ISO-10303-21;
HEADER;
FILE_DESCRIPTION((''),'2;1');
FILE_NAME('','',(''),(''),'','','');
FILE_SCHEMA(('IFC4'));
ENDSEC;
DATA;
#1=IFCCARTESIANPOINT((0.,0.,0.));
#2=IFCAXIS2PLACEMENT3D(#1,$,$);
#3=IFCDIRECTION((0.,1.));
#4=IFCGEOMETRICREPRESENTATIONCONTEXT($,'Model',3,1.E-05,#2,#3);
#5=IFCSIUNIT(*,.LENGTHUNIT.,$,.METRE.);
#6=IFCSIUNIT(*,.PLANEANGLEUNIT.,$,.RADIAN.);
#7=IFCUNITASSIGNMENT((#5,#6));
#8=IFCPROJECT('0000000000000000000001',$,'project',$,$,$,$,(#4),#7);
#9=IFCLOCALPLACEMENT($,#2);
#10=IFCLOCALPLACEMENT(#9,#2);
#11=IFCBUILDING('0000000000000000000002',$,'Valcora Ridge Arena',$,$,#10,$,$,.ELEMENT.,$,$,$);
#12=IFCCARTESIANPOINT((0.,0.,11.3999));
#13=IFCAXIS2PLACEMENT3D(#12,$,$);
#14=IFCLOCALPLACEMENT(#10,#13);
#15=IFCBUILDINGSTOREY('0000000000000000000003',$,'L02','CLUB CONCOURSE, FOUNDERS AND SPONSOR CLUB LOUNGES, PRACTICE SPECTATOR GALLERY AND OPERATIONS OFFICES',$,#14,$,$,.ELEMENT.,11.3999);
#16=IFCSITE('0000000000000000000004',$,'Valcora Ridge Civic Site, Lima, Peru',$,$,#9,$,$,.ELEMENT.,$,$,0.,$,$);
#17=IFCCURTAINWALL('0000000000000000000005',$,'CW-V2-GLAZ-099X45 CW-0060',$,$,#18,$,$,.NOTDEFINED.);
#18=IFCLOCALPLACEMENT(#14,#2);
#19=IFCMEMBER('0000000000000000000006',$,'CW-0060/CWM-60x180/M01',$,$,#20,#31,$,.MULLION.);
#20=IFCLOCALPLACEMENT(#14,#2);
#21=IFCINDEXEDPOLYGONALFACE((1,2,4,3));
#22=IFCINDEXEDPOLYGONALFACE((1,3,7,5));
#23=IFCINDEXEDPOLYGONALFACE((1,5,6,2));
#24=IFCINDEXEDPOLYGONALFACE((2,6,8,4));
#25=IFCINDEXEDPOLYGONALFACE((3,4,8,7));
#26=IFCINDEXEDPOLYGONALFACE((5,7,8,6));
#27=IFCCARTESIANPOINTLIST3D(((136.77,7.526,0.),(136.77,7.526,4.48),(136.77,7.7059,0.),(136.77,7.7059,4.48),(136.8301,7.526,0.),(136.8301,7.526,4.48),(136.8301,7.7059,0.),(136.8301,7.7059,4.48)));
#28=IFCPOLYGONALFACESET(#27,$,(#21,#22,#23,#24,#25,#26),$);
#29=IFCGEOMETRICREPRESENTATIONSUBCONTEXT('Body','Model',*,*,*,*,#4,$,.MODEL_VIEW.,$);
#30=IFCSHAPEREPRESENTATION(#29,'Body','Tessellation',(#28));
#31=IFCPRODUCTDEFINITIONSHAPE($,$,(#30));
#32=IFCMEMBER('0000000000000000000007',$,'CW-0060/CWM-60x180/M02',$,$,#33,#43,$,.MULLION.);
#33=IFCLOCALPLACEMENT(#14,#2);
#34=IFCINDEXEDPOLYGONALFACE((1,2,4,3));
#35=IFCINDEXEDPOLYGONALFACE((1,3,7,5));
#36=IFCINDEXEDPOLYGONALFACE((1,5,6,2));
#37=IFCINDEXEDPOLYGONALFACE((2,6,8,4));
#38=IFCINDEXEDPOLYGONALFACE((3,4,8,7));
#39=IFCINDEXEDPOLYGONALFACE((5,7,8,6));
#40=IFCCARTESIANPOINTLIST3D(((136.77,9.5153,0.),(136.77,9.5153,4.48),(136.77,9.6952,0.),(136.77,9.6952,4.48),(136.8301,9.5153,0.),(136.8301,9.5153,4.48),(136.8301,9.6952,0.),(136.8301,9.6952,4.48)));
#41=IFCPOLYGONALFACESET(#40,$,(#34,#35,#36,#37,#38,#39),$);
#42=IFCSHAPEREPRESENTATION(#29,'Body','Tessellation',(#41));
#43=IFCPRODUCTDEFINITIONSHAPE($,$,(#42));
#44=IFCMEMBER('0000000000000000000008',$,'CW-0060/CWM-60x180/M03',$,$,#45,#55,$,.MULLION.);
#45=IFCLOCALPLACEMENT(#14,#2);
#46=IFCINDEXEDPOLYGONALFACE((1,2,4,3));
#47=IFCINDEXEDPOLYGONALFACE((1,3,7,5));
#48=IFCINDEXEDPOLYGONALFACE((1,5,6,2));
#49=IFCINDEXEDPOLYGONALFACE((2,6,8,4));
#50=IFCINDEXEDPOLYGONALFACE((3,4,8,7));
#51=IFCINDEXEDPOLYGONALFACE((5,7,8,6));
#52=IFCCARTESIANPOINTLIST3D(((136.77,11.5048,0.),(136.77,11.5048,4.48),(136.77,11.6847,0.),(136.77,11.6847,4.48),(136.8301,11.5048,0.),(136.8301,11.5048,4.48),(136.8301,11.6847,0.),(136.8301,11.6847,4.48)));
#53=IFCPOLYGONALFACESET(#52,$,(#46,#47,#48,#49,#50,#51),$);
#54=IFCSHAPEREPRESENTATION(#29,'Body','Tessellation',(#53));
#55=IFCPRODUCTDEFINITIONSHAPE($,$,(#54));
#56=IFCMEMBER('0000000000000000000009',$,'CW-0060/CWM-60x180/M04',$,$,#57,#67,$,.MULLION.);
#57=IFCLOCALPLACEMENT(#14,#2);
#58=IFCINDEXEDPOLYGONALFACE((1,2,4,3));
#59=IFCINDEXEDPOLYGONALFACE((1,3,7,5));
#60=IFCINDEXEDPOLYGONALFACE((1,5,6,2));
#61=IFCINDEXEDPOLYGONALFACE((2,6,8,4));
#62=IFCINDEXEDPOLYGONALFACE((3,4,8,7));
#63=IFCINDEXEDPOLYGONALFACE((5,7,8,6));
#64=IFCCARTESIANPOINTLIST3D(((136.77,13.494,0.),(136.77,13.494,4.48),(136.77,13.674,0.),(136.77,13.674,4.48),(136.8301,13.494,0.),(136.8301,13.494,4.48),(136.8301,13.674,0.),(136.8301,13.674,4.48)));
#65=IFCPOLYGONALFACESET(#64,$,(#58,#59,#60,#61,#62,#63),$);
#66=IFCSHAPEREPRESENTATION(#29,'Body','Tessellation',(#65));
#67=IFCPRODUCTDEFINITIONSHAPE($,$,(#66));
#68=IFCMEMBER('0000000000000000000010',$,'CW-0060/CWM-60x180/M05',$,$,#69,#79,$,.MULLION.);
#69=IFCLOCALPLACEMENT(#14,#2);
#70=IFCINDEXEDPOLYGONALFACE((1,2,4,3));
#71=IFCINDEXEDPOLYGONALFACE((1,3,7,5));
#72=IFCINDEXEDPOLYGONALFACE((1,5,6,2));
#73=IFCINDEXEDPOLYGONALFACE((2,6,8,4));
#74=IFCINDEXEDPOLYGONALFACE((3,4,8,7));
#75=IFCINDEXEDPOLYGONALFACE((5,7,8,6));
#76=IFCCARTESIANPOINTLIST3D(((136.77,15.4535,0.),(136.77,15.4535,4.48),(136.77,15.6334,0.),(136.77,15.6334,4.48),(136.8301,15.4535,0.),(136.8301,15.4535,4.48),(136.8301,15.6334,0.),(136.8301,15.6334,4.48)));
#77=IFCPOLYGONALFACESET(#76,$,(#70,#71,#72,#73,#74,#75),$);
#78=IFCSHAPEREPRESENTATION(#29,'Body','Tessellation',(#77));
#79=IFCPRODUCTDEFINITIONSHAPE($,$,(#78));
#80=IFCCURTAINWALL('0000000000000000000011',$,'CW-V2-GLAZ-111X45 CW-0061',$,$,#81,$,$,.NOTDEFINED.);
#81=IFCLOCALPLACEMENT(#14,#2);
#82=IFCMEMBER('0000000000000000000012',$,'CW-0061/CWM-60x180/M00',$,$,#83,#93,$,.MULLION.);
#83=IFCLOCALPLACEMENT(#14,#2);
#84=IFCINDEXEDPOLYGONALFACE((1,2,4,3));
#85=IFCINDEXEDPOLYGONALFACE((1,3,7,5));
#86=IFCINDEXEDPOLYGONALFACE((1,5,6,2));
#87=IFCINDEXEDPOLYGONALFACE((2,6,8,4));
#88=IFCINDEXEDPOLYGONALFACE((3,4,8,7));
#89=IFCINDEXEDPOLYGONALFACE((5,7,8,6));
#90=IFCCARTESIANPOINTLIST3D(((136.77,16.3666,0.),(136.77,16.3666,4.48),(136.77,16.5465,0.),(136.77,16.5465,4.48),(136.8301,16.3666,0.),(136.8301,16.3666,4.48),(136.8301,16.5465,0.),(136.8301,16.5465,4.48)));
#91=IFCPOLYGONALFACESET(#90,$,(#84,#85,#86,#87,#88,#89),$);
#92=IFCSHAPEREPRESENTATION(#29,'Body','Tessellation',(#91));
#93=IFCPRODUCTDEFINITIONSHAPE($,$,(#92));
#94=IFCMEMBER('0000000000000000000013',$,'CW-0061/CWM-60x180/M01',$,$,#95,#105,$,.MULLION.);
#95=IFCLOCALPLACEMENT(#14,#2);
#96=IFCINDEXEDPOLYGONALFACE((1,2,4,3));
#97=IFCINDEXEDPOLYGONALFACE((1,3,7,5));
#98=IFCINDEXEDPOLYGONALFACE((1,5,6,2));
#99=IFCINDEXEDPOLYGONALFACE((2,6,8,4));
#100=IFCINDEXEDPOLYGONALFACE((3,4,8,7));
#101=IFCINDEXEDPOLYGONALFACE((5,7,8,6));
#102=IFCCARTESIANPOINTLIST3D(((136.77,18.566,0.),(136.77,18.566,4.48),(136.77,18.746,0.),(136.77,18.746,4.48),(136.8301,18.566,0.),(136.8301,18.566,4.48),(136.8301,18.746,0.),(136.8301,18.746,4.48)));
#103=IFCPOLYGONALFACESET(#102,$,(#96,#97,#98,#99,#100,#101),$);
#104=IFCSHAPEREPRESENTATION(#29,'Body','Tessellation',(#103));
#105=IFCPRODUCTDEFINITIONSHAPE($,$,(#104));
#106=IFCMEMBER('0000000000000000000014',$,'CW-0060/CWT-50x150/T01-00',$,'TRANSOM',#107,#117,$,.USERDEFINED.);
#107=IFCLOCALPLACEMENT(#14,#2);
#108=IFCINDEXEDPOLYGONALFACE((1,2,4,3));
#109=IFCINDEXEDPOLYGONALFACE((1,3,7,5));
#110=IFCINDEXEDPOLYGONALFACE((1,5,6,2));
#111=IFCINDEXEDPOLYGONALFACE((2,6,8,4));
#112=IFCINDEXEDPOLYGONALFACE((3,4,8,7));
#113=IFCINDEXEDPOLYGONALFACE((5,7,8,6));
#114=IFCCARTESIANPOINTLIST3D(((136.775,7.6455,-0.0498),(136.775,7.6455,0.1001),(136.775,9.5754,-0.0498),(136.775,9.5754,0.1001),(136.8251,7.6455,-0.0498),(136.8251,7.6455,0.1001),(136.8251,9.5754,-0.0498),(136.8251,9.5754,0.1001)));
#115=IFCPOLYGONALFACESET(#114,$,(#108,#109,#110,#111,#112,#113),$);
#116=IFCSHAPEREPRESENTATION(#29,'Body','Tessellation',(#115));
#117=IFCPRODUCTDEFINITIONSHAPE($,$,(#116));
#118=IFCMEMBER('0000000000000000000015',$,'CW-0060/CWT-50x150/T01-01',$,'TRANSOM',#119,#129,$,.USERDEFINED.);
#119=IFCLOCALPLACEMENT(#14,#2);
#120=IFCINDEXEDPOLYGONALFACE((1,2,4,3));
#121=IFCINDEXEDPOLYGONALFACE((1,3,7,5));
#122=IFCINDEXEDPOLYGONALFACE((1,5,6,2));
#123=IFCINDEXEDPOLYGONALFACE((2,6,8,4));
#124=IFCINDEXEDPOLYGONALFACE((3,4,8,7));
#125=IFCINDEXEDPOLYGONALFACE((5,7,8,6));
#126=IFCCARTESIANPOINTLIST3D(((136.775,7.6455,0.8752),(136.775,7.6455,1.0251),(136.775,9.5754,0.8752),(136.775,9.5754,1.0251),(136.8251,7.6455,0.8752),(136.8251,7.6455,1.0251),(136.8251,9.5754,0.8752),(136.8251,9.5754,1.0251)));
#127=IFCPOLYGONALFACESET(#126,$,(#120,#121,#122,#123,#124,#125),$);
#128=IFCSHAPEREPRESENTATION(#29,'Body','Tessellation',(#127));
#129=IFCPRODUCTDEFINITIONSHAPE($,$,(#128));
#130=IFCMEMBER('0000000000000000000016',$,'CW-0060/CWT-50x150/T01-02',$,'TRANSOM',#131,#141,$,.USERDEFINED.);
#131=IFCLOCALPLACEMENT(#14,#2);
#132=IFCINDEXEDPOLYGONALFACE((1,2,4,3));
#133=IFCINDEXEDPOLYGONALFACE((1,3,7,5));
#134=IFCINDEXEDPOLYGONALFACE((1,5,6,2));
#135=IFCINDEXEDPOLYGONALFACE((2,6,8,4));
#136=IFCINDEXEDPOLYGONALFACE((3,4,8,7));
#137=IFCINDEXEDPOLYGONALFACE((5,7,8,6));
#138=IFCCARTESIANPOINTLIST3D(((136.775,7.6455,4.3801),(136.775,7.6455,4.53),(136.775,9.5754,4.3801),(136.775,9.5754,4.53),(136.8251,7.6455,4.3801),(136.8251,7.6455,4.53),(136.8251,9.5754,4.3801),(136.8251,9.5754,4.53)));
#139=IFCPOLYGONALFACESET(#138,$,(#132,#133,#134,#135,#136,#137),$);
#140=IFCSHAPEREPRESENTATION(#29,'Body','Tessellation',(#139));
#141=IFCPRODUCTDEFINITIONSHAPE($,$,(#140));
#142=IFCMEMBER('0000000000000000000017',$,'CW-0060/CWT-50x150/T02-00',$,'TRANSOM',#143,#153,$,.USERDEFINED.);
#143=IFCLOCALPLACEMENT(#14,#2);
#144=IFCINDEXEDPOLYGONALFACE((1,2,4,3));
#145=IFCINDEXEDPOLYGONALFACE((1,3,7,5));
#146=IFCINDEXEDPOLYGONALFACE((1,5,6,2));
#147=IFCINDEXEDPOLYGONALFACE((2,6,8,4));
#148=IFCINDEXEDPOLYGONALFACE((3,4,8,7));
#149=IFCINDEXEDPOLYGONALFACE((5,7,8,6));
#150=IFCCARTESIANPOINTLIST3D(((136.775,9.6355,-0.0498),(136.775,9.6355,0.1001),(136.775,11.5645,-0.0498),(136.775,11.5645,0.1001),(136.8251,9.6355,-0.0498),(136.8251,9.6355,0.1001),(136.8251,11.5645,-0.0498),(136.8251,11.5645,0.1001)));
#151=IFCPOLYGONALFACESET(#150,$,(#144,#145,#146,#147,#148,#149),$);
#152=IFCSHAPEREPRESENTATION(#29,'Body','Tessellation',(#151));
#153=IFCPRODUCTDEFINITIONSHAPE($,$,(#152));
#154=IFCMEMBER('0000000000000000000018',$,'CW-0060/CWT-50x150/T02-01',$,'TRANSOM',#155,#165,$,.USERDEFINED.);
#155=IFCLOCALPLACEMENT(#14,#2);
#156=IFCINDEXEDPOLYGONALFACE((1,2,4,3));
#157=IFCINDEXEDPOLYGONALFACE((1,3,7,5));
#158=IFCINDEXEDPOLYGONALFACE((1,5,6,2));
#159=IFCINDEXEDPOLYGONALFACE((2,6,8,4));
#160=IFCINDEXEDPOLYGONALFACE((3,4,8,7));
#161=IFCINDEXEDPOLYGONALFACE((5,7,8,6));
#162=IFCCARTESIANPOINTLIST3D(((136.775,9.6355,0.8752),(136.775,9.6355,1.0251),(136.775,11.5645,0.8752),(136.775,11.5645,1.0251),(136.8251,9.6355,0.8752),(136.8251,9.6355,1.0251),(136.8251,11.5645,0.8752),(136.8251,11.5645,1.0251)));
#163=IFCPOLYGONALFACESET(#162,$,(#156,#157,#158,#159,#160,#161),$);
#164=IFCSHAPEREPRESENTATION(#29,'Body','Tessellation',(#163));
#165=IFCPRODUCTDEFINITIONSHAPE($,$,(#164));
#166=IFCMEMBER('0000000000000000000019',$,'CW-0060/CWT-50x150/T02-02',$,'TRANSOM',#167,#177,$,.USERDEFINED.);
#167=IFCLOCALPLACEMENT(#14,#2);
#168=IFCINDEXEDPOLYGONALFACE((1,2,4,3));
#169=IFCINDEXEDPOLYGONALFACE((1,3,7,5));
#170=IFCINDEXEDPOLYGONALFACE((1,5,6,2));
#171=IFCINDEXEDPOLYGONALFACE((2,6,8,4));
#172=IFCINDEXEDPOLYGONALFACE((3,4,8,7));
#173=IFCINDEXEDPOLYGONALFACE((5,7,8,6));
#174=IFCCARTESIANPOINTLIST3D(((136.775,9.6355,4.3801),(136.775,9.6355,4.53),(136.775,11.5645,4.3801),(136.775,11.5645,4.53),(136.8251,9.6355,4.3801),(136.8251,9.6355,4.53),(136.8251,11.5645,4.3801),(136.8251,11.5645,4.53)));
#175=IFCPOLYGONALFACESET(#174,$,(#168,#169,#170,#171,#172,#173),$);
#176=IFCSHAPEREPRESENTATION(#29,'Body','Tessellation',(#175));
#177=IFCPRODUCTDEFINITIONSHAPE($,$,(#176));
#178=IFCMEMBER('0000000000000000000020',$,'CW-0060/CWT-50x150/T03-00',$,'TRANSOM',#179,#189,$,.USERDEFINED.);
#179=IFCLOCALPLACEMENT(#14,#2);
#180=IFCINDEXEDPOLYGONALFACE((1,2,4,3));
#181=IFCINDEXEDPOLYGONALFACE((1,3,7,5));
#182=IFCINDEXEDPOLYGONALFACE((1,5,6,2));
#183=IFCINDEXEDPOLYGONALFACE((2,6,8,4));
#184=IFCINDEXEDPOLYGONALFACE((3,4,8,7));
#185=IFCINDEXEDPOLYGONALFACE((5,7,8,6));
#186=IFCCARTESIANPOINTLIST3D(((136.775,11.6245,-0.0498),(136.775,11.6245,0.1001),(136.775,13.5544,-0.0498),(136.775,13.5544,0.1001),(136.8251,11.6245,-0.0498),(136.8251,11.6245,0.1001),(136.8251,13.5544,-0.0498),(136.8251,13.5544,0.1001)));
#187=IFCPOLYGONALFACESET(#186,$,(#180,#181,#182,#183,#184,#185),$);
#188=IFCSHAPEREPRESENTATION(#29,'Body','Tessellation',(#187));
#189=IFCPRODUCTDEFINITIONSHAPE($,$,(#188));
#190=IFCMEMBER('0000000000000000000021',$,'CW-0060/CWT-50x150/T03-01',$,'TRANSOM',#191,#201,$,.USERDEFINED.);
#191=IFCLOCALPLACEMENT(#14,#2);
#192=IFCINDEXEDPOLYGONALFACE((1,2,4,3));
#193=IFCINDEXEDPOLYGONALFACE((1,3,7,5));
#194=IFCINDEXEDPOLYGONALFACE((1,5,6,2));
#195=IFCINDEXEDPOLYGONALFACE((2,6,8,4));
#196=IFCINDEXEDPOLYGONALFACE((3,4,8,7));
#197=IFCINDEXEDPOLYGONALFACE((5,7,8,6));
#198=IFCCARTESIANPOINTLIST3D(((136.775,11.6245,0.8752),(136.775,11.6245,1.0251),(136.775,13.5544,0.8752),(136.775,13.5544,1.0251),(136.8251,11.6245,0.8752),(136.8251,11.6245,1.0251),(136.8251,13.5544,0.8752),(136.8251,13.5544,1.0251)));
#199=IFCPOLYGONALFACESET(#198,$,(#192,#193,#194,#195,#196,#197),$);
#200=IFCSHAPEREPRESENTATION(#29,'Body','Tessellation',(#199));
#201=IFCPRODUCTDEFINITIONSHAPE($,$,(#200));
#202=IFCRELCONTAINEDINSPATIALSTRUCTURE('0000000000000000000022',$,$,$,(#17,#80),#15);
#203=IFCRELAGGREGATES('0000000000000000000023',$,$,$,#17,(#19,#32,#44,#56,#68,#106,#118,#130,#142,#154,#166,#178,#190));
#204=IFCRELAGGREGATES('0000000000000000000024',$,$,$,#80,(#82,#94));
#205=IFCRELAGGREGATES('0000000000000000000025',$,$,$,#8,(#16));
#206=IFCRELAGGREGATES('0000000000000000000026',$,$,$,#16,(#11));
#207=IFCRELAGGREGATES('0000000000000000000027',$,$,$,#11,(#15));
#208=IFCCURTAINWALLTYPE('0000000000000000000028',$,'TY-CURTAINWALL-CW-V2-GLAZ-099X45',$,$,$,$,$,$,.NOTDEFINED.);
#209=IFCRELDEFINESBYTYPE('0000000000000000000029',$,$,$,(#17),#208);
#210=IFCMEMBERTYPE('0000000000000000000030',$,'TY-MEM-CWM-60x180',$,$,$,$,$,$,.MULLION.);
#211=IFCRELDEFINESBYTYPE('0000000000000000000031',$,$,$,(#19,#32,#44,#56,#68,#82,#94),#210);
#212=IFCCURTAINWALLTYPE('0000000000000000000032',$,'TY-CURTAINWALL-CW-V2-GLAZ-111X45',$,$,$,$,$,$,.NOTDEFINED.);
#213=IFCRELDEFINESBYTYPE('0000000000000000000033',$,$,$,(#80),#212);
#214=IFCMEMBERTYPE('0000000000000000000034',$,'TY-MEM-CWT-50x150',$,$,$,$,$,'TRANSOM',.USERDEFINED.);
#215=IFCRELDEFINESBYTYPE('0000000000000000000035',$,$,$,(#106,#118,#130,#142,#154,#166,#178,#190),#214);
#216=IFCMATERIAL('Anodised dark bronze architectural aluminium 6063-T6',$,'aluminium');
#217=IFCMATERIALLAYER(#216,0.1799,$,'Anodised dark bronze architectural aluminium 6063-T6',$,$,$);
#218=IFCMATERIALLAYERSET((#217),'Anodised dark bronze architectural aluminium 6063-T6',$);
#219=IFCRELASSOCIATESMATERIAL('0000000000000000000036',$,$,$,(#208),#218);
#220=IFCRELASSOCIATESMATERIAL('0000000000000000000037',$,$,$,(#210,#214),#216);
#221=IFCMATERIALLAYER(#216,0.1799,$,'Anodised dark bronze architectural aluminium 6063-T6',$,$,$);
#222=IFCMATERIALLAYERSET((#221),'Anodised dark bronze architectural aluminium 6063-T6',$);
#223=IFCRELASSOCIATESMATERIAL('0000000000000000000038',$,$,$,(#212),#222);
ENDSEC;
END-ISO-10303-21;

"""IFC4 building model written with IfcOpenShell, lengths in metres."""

from ifc_helpers import new_model, si_unit, direction, frame, origin, origin_2d, place, context, subcontext, project, spatial, rectangle, extrude, material, layer, layer_set, material_profile, profile_set, type_object, element, aggregate, save


model = new_model("IFC4")

# Units and contexts
model_context = context("Model", 3, precision=1e-05, world=origin(), true_north=direction((0.0, 1.0)))
body_context = subcontext(model_context, "Body", "Model", "MODEL_VIEW")
ifc_project = project(units=[si_unit("LENGTHUNIT", "METRE"), si_unit("PLANEANGLEUNIT", "RADIAN")], contexts=[model_context])

# Site, building, storey
site_placement = place(None, origin())
site = spatial("IfcSite", under=ifc_project, at=site_placement, Name="Valcora Ridge Civic Site, Lima, Peru", CompositionType="ELEMENT", RefElevation=0.0)
building_placement = place(site_placement, origin())
building = spatial("IfcBuilding", under=site, at=building_placement, Name="Valcora Ridge Arena", CompositionType="ELEMENT")
storey_placement = place(building_placement, frame((0.0, 0.0, 11.3999)))
storey = spatial("IfcBuildingStorey", under=building, at=storey_placement, Name="L02", Description="CLUB CONCOURSE, FOUNDERS AND SPONSOR CLUB LOUNGES, PRACTICE SPECTATOR GALLERY AND OPERATIONS OFFICES", CompositionType="ELEMENT", Elevation=11.3999)

# Curtain walls, members
ifc_material_1 = material(Name="Anodised dark bronze architectural aluminium 6063-T6", Category="aluminium")
ifc_layer_1 = layer(ifc_material_1, 0.1799, Name="Anodised dark bronze architectural aluminium 6063-T6")
ifc_layer_set_1 = layer_set([ifc_layer_1], Name="Anodised dark bronze architectural aluminium 6063-T6")
curtain_wall_type_1 = type_object("IfcCurtainWallType", Name="TY-CURTAINWALL-CW-V2-GLAZ-099X45", PredefinedType="NOTDEFINED", material=ifc_layer_set_1)
curtain_wall_1_placement = place(storey_placement, origin())
curtain_wall_1 = element("IfcCurtainWall", 1, at=curtain_wall_1_placement, inside=storey, type_object=curtain_wall_type_1, Name="CW-V2-GLAZ-099X45 CW-0060", PredefinedType="NOTDEFINED")
ifc_material_profile_1 = material_profile(ifc_material_1, rectangle(XDim=0.0601, YDim=0.1799, at=origin_2d()), Name="ALU MULLION 60x180")
ifc_profile_set_1 = profile_set([ifc_material_profile_1], Name="Anodised dark bronze architectural aluminium 6063-T6")
member_type_1 = type_object("IfcMemberType", Name="TY-MEM-CWM-60x180", PredefinedType="MULLION", material=ifc_profile_set_1)
member_1_placement = place(storey_placement, frame((136.8, 7.616, 0.0), z_axis=(0.0, 0.0, 1.0), x_axis=(-1.0, 0.0, 0.0)))
member_1 = element("IfcMember", 2, at=member_1_placement, type_object=member_type_1, Name="CW-0060/CWM-60x180/M01", PredefinedType="MULLION", context=body_context, shape_type="SweptSolid", body=[
    extrude(rectangle(XDim=0.0601, YDim=0.1799, at=origin_2d()), origin(), (0.0, 0.0, 1.0), 4.48),
])
member_2_placement = place(storey_placement, frame((136.8, 9.6052, 0.0), z_axis=(0.0, 0.0, 1.0), x_axis=(-1.0, 0.0, 0.0)))
member_2 = element("IfcMember", 3, at=member_2_placement, type_object=member_type_1, Name="CW-0060/CWM-60x180/M02", PredefinedType="MULLION", context=body_context, shape_type="SweptSolid", body=[
    extrude(rectangle(XDim=0.0601, YDim=0.1799, at=origin_2d()), origin(), (0.0, 0.0, 1.0), 4.48),
])
member_3_placement = place(storey_placement, frame((136.8, 11.5947, 0.0), z_axis=(0.0, 0.0, 1.0), x_axis=(-1.0, 0.0, 0.0)))
member_3 = element("IfcMember", 4, at=member_3_placement, type_object=member_type_1, Name="CW-0060/CWM-60x180/M03", PredefinedType="MULLION", context=body_context, shape_type="SweptSolid", body=[
    extrude(rectangle(XDim=0.0601, YDim=0.1799, at=origin_2d()), origin(), (0.0, 0.0, 1.0), 4.48),
])
member_4_placement = place(storey_placement, frame((136.8, 13.584, 0.0), z_axis=(0.0, 0.0, 1.0), x_axis=(-1.0, 0.0, 0.0)))
member_4 = element("IfcMember", 5, at=member_4_placement, type_object=member_type_1, Name="CW-0060/CWM-60x180/M04", PredefinedType="MULLION", context=body_context, shape_type="SweptSolid", body=[
    extrude(rectangle(XDim=0.0601, YDim=0.1799, at=origin_2d()), origin(), (0.0, 0.0, 1.0), 4.48),
])
member_5_placement = place(storey_placement, frame((136.8, 15.5435, 0.0), z_axis=(0.0, 0.0, 1.0), x_axis=(-1.0, 0.0, 0.0)))
member_5 = element("IfcMember", 6, at=member_5_placement, type_object=member_type_1, Name="CW-0060/CWM-60x180/M05", PredefinedType="MULLION", context=body_context, shape_type="SweptSolid", body=[
    extrude(rectangle(XDim=0.0601, YDim=0.1799, at=origin_2d()), origin(), (0.0, 0.0, 1.0), 4.48),
])
ifc_layer_2 = layer(ifc_material_1, 0.1799, Name="Anodised dark bronze architectural aluminium 6063-T6")
ifc_layer_set_2 = layer_set([ifc_layer_2], Name="Anodised dark bronze architectural aluminium 6063-T6")
curtain_wall_type_2 = type_object("IfcCurtainWallType", Name="TY-CURTAINWALL-CW-V2-GLAZ-111X45", PredefinedType="NOTDEFINED", material=ifc_layer_set_2)
curtain_wall_2_placement = place(storey_placement, origin())
curtain_wall_2 = element("IfcCurtainWall", 7, at=curtain_wall_2_placement, inside=storey, type_object=curtain_wall_type_2, Name="CW-V2-GLAZ-111X45 CW-0061", PredefinedType="NOTDEFINED")
member_6_placement = place(storey_placement, frame((136.8, 16.4565, 0.0), z_axis=(0.0, 0.0, 1.0), x_axis=(-1.0, 0.0, 0.0)))
member_6 = element("IfcMember", 8, at=member_6_placement, type_object=member_type_1, Name="CW-0061/CWM-60x180/M00", PredefinedType="MULLION", context=body_context, shape_type="SweptSolid", body=[
    extrude(rectangle(XDim=0.0601, YDim=0.1799, at=origin_2d()), origin(), (0.0, 0.0, 1.0), 4.48),
])
member_7_placement = place(storey_placement, frame((136.8, 18.656, 0.0), z_axis=(0.0, 0.0, 1.0), x_axis=(-1.0, 0.0, 0.0)))
member_7 = element("IfcMember", 9, at=member_7_placement, type_object=member_type_1, Name="CW-0061/CWM-60x180/M01", PredefinedType="MULLION", context=body_context, shape_type="SweptSolid", body=[
    extrude(rectangle(XDim=0.0601, YDim=0.1799, at=origin_2d()), origin(), (0.0, 0.0, 1.0), 4.48),
])

# Members
ifc_material_profile_2 = material_profile(ifc_material_1, rectangle(XDim=0.05, YDim=0.1499, at=origin_2d()), Name="ALU TRANSOM 50x150")
ifc_profile_set_2 = profile_set([ifc_material_profile_2], Name="Anodised dark bronze architectural aluminium 6063-T6")
member_type_2 = type_object("IfcMemberType", Name="TY-MEM-CWT-50x150", ElementType="TRANSOM", PredefinedType="USERDEFINED", material=ifc_profile_set_2)
member_8_placement = place(storey_placement, frame((136.8, 7.6455, 0.0251), z_axis=(0.0, 1.0, 0.0), x_axis=(-1.0, 0.0, 0.0)))
member_8 = element("IfcMember", 10, at=member_8_placement, type_object=member_type_2, Name="CW-0060/CWT-50x150/T01-00", ObjectType="TRANSOM", PredefinedType="USERDEFINED", context=body_context, shape_type="SweptSolid", body=[
    extrude(rectangle(XDim=0.05, YDim=0.1499, at=origin_2d()), origin(), (0.0, 0.0, 1.0), 1.9299),
])
member_9_placement = place(storey_placement, frame((136.8, 7.6455, 0.9502), z_axis=(0.0, 1.0, 0.0), x_axis=(-1.0, 0.0, 0.0)))
member_9 = element("IfcMember", 11, at=member_9_placement, type_object=member_type_2, Name="CW-0060/CWT-50x150/T01-01", ObjectType="TRANSOM", PredefinedType="USERDEFINED", context=body_context, shape_type="SweptSolid", body=[
    extrude(rectangle(XDim=0.05, YDim=0.1499, at=origin_2d()), origin(), (0.0, 0.0, 1.0), 1.9299),
])
member_10_placement = place(storey_placement, frame((136.8, 7.6455, 4.4551), z_axis=(0.0, 1.0, 0.0), x_axis=(-1.0, 0.0, 0.0)))
member_10 = element("IfcMember", 12, at=member_10_placement, type_object=member_type_2, Name="CW-0060/CWT-50x150/T01-02", ObjectType="TRANSOM", PredefinedType="USERDEFINED", context=body_context, shape_type="SweptSolid", body=[
    extrude(rectangle(XDim=0.05, YDim=0.1499, at=origin_2d()), origin(), (0.0, 0.0, 1.0), 1.9299),
])
member_11_placement = place(storey_placement, frame((136.8, 9.6355, 0.0251), z_axis=(0.0, 1.0, 0.0), x_axis=(-1.0, 0.0, 0.0)))
member_11 = element("IfcMember", 13, at=member_11_placement, type_object=member_type_2, Name="CW-0060/CWT-50x150/T02-00", ObjectType="TRANSOM", PredefinedType="USERDEFINED", context=body_context, shape_type="SweptSolid", body=[
    extrude(rectangle(XDim=0.05, YDim=0.1499, at=origin_2d()), origin(), (0.0, 0.0, 1.0), 1.929),
])
member_12_placement = place(storey_placement, frame((136.8, 9.6355, 0.9502), z_axis=(0.0, 1.0, 0.0), x_axis=(-1.0, 0.0, 0.0)))
member_12 = element("IfcMember", 14, at=member_12_placement, type_object=member_type_2, Name="CW-0060/CWT-50x150/T02-01", ObjectType="TRANSOM", PredefinedType="USERDEFINED", context=body_context, shape_type="SweptSolid", body=[
    extrude(rectangle(XDim=0.05, YDim=0.1499, at=origin_2d()), origin(), (0.0, 0.0, 1.0), 1.929),
])
member_13_placement = place(storey_placement, frame((136.8, 9.6355, 4.4551), z_axis=(0.0, 1.0, 0.0), x_axis=(-1.0, 0.0, 0.0)))
member_13 = element("IfcMember", 15, at=member_13_placement, type_object=member_type_2, Name="CW-0060/CWT-50x150/T02-02", ObjectType="TRANSOM", PredefinedType="USERDEFINED", context=body_context, shape_type="SweptSolid", body=[
    extrude(rectangle(XDim=0.05, YDim=0.1499, at=origin_2d()), origin(), (0.0, 0.0, 1.0), 1.929),
])
member_14_placement = place(storey_placement, frame((136.8, 11.6245, 0.0251), z_axis=(0.0, 1.0, 0.0), x_axis=(-1.0, 0.0, 0.0)))
member_14 = element("IfcMember", 16, at=member_14_placement, type_object=member_type_2, Name="CW-0060/CWT-50x150/T03-00", ObjectType="TRANSOM", PredefinedType="USERDEFINED", context=body_context, shape_type="SweptSolid", body=[
    extrude(rectangle(XDim=0.05, YDim=0.1499, at=origin_2d()), origin(), (0.0, 0.0, 1.0), 1.9299),
])
member_15_placement = place(storey_placement, frame((136.8, 11.6245, 0.9502), z_axis=(0.0, 1.0, 0.0), x_axis=(-1.0, 0.0, 0.0)))
member_15 = element("IfcMember", 17, at=member_15_placement, type_object=member_type_2, Name="CW-0060/CWT-50x150/T03-01", ObjectType="TRANSOM", PredefinedType="USERDEFINED", context=body_context, shape_type="SweptSolid", body=[
    extrude(rectangle(XDim=0.05, YDim=0.1499, at=origin_2d()), origin(), (0.0, 0.0, 1.0), 1.9299),
])

aggregate(curtain_wall_1, [member_1, member_2, member_3, member_4, member_5, member_8, member_9, member_10, member_11, member_12, member_13, member_14, member_15])
aggregate(curtain_wall_2, [member_6, member_7])

save(model, "model.ifc")
